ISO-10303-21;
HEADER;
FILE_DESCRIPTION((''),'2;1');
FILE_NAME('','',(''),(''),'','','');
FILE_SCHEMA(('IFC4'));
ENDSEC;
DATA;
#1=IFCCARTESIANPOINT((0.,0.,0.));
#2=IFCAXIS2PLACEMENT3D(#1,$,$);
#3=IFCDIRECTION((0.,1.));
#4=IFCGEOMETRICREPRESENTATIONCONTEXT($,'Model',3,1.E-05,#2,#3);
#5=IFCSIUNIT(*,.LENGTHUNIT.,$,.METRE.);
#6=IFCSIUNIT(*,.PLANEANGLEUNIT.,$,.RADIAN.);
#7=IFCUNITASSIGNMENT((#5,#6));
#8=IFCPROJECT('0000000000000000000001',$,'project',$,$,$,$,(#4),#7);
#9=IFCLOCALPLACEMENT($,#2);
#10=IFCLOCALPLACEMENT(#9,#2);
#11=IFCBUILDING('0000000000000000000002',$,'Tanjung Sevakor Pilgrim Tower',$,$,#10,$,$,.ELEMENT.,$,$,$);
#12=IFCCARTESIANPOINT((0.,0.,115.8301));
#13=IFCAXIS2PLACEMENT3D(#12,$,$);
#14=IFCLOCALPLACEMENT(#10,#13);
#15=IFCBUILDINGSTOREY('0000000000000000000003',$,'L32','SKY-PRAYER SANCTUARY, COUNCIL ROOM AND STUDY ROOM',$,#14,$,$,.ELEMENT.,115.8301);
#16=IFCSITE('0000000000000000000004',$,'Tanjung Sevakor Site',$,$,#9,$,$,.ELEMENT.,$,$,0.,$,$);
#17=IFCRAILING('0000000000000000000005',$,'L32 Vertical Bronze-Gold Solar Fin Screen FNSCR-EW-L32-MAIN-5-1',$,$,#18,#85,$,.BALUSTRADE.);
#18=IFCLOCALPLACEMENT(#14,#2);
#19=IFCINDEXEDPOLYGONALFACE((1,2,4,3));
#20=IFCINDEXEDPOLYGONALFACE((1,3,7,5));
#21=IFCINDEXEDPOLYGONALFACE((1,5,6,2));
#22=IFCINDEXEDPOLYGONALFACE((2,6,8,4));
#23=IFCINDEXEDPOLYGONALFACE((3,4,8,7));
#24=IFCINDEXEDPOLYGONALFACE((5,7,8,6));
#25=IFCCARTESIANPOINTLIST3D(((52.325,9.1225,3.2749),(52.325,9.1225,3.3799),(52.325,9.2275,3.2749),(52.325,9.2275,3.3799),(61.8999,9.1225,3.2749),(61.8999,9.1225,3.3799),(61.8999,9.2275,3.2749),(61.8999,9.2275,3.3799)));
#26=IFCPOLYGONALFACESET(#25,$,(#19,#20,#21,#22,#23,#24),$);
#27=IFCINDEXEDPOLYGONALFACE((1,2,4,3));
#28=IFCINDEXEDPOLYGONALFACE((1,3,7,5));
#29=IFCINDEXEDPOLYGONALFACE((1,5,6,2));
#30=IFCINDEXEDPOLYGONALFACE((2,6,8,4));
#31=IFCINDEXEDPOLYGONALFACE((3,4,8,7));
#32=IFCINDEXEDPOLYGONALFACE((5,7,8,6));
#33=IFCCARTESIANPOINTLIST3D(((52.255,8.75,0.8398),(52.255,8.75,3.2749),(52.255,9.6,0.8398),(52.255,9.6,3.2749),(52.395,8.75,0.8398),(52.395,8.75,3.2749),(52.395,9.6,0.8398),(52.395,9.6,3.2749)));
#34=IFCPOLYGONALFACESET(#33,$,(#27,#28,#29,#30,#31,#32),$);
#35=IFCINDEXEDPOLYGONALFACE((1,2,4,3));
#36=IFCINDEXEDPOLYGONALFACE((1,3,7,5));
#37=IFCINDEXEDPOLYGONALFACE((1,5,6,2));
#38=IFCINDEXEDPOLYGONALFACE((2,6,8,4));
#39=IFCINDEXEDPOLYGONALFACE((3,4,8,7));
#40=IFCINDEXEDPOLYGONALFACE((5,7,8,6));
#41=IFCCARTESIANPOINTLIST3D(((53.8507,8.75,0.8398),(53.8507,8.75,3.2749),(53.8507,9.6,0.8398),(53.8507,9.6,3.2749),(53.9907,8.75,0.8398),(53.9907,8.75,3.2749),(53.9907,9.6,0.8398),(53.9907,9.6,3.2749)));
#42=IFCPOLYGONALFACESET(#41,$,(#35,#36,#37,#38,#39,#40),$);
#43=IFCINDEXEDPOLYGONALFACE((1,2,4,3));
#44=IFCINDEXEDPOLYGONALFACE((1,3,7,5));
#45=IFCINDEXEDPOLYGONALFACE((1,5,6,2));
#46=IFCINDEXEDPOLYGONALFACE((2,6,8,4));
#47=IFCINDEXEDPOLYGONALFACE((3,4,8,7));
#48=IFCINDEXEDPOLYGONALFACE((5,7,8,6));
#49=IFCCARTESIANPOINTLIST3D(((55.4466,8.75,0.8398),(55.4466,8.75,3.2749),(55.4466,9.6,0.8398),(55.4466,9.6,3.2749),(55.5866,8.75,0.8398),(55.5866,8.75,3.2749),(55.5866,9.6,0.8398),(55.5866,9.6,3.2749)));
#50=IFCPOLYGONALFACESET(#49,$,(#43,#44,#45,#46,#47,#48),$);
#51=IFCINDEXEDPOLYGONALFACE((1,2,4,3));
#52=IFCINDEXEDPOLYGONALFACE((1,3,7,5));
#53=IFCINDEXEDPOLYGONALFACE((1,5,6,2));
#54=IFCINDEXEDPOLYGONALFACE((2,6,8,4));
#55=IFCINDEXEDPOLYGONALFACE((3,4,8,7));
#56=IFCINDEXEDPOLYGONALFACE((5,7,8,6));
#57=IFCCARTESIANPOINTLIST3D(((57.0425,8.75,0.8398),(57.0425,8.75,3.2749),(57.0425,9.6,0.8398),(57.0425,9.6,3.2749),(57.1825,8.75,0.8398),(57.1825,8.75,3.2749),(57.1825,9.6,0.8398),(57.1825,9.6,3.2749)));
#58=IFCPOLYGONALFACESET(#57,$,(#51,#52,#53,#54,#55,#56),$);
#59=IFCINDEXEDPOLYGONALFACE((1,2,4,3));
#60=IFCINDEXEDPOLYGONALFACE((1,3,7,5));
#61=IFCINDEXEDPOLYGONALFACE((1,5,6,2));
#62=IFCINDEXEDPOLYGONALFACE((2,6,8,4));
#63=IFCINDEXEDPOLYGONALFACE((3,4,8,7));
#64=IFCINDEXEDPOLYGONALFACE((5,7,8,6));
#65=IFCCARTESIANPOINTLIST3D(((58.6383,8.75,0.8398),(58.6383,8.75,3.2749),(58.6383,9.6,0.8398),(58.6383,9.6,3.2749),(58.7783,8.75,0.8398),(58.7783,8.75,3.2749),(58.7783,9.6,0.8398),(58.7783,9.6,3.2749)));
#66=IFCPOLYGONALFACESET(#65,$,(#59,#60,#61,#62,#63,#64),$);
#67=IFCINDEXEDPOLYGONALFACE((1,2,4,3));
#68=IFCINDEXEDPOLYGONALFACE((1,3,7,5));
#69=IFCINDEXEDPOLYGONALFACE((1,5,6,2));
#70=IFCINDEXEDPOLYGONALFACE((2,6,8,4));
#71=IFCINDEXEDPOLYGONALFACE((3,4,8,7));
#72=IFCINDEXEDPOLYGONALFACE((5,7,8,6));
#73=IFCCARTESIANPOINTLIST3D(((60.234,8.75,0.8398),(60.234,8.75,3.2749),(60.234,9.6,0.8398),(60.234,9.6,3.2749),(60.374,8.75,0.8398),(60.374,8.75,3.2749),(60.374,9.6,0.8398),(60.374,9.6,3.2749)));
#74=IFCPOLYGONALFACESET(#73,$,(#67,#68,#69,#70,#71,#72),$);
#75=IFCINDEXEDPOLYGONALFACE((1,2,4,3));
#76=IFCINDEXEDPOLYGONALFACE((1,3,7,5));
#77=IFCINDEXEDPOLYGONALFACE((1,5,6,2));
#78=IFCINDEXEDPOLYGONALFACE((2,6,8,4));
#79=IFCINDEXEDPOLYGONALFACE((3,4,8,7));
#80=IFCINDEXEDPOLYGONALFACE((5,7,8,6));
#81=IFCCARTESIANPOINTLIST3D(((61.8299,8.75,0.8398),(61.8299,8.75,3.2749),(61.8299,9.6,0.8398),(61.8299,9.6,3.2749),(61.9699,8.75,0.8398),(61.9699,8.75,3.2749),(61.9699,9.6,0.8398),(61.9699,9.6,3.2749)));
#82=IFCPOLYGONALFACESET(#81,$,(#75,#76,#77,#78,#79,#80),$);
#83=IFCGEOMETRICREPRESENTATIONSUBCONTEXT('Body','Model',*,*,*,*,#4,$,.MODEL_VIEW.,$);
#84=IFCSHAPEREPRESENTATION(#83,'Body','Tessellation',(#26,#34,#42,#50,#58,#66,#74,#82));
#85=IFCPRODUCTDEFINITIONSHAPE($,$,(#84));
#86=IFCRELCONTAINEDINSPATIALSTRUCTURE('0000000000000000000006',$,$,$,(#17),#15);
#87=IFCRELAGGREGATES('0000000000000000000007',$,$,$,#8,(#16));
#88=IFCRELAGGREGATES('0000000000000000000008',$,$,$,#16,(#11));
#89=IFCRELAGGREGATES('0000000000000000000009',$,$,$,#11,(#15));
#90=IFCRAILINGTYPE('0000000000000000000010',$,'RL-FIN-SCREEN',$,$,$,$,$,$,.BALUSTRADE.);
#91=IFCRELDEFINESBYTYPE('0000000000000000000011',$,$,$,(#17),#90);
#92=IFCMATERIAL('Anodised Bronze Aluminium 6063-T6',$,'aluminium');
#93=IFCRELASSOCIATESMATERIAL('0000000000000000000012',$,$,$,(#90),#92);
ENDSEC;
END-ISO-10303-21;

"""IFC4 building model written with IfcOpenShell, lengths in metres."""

from ifc_helpers import new_model, si_unit, direction, frame, origin, place, context, subcontext, project, spatial, rectangle, extrude, material, type_object, element, save


model = new_model("IFC4")

# Units and contexts
model_context = context("Model", 3, precision=1e-05, world=origin(), true_north=direction((0.0, 1.0)))
body_context = subcontext(model_context, "Body", "Model", "MODEL_VIEW")
ifc_project = project(units=[si_unit("LENGTHUNIT", "METRE"), si_unit("PLANEANGLEUNIT", "RADIAN")], contexts=[model_context])

# Site, building, storey
site_placement = place(None, origin())
site = spatial("IfcSite", under=ifc_project, at=site_placement, Name="Tanjung Sevakor Site", CompositionType="ELEMENT", RefElevation=0.0)
building_placement = place(site_placement, origin())
building = spatial("IfcBuilding", under=site, at=building_placement, Name="Tanjung Sevakor Pilgrim Tower", CompositionType="ELEMENT")
storey_placement = place(building_placement, frame((0.0, 0.0, 115.8301)))
storey = spatial("IfcBuildingStorey", under=building, at=storey_placement, Name="L32", Description="SKY-PRAYER SANCTUARY, COUNCIL ROOM AND STUDY ROOM", CompositionType="ELEMENT", Elevation=115.8301)

# Railing
ifc_material_1 = material(Name="Anodised Bronze Aluminium 6063-T6", Category="aluminium")
railing_type = type_object("IfcRailingType", Name="RL-FIN-SCREEN", PredefinedType="BALUSTRADE", material=ifc_material_1)
railing_placement = place(storey_placement, frame((52.325, 9.175, 0.8398)))
element("IfcRailing", 1, at=railing_placement, inside=storey, type_object=railing_type, Name="L32 Vertical Bronze-Gold Solar Fin Screen FNSCR-EW-L32-MAIN-5-1", PredefinedType="BALUSTRADE", context=body_context, shape_type="SweptSolid", body=[
    extrude(rectangle(XDim=0.105, YDim=0.105), frame((0.0, 0.0, 2.4875), z_axis=(1.0, 0.0, 0.0), x_axis=(0.0, 1.0, 0.0)), (0.0, 0.0, 1.0), 9.575),
    extrude(rectangle(XDim=0.14, YDim=0.85), origin(), (0.0, 0.0, 1.0), 2.4351),
    extrude(rectangle(XDim=0.14, YDim=0.85), frame((1.5957, 0.0, 0.0)), (0.0, 0.0, 1.0), 2.4351),
    extrude(rectangle(XDim=0.14, YDim=0.85), frame((3.1917, 0.0, 0.0)), (0.0, 0.0, 1.0), 2.4351),
    extrude(rectangle(XDim=0.14, YDim=0.85), frame((4.7876, 0.0, 0.0)), (0.0, 0.0, 1.0), 2.4351),
    extrude(rectangle(XDim=0.14, YDim=0.85), frame((6.3833, 0.0, 0.0)), (0.0, 0.0, 1.0), 2.4351),
    extrude(rectangle(XDim=0.14, YDim=0.85), frame((7.979, 0.0, 0.0)), (0.0, 0.0, 1.0), 2.4351),
    extrude(rectangle(XDim=0.14, YDim=0.85), frame((9.575, 0.0, 0.0)), (0.0, 0.0, 1.0), 2.4351),
])

save(model, "model.ifc")
